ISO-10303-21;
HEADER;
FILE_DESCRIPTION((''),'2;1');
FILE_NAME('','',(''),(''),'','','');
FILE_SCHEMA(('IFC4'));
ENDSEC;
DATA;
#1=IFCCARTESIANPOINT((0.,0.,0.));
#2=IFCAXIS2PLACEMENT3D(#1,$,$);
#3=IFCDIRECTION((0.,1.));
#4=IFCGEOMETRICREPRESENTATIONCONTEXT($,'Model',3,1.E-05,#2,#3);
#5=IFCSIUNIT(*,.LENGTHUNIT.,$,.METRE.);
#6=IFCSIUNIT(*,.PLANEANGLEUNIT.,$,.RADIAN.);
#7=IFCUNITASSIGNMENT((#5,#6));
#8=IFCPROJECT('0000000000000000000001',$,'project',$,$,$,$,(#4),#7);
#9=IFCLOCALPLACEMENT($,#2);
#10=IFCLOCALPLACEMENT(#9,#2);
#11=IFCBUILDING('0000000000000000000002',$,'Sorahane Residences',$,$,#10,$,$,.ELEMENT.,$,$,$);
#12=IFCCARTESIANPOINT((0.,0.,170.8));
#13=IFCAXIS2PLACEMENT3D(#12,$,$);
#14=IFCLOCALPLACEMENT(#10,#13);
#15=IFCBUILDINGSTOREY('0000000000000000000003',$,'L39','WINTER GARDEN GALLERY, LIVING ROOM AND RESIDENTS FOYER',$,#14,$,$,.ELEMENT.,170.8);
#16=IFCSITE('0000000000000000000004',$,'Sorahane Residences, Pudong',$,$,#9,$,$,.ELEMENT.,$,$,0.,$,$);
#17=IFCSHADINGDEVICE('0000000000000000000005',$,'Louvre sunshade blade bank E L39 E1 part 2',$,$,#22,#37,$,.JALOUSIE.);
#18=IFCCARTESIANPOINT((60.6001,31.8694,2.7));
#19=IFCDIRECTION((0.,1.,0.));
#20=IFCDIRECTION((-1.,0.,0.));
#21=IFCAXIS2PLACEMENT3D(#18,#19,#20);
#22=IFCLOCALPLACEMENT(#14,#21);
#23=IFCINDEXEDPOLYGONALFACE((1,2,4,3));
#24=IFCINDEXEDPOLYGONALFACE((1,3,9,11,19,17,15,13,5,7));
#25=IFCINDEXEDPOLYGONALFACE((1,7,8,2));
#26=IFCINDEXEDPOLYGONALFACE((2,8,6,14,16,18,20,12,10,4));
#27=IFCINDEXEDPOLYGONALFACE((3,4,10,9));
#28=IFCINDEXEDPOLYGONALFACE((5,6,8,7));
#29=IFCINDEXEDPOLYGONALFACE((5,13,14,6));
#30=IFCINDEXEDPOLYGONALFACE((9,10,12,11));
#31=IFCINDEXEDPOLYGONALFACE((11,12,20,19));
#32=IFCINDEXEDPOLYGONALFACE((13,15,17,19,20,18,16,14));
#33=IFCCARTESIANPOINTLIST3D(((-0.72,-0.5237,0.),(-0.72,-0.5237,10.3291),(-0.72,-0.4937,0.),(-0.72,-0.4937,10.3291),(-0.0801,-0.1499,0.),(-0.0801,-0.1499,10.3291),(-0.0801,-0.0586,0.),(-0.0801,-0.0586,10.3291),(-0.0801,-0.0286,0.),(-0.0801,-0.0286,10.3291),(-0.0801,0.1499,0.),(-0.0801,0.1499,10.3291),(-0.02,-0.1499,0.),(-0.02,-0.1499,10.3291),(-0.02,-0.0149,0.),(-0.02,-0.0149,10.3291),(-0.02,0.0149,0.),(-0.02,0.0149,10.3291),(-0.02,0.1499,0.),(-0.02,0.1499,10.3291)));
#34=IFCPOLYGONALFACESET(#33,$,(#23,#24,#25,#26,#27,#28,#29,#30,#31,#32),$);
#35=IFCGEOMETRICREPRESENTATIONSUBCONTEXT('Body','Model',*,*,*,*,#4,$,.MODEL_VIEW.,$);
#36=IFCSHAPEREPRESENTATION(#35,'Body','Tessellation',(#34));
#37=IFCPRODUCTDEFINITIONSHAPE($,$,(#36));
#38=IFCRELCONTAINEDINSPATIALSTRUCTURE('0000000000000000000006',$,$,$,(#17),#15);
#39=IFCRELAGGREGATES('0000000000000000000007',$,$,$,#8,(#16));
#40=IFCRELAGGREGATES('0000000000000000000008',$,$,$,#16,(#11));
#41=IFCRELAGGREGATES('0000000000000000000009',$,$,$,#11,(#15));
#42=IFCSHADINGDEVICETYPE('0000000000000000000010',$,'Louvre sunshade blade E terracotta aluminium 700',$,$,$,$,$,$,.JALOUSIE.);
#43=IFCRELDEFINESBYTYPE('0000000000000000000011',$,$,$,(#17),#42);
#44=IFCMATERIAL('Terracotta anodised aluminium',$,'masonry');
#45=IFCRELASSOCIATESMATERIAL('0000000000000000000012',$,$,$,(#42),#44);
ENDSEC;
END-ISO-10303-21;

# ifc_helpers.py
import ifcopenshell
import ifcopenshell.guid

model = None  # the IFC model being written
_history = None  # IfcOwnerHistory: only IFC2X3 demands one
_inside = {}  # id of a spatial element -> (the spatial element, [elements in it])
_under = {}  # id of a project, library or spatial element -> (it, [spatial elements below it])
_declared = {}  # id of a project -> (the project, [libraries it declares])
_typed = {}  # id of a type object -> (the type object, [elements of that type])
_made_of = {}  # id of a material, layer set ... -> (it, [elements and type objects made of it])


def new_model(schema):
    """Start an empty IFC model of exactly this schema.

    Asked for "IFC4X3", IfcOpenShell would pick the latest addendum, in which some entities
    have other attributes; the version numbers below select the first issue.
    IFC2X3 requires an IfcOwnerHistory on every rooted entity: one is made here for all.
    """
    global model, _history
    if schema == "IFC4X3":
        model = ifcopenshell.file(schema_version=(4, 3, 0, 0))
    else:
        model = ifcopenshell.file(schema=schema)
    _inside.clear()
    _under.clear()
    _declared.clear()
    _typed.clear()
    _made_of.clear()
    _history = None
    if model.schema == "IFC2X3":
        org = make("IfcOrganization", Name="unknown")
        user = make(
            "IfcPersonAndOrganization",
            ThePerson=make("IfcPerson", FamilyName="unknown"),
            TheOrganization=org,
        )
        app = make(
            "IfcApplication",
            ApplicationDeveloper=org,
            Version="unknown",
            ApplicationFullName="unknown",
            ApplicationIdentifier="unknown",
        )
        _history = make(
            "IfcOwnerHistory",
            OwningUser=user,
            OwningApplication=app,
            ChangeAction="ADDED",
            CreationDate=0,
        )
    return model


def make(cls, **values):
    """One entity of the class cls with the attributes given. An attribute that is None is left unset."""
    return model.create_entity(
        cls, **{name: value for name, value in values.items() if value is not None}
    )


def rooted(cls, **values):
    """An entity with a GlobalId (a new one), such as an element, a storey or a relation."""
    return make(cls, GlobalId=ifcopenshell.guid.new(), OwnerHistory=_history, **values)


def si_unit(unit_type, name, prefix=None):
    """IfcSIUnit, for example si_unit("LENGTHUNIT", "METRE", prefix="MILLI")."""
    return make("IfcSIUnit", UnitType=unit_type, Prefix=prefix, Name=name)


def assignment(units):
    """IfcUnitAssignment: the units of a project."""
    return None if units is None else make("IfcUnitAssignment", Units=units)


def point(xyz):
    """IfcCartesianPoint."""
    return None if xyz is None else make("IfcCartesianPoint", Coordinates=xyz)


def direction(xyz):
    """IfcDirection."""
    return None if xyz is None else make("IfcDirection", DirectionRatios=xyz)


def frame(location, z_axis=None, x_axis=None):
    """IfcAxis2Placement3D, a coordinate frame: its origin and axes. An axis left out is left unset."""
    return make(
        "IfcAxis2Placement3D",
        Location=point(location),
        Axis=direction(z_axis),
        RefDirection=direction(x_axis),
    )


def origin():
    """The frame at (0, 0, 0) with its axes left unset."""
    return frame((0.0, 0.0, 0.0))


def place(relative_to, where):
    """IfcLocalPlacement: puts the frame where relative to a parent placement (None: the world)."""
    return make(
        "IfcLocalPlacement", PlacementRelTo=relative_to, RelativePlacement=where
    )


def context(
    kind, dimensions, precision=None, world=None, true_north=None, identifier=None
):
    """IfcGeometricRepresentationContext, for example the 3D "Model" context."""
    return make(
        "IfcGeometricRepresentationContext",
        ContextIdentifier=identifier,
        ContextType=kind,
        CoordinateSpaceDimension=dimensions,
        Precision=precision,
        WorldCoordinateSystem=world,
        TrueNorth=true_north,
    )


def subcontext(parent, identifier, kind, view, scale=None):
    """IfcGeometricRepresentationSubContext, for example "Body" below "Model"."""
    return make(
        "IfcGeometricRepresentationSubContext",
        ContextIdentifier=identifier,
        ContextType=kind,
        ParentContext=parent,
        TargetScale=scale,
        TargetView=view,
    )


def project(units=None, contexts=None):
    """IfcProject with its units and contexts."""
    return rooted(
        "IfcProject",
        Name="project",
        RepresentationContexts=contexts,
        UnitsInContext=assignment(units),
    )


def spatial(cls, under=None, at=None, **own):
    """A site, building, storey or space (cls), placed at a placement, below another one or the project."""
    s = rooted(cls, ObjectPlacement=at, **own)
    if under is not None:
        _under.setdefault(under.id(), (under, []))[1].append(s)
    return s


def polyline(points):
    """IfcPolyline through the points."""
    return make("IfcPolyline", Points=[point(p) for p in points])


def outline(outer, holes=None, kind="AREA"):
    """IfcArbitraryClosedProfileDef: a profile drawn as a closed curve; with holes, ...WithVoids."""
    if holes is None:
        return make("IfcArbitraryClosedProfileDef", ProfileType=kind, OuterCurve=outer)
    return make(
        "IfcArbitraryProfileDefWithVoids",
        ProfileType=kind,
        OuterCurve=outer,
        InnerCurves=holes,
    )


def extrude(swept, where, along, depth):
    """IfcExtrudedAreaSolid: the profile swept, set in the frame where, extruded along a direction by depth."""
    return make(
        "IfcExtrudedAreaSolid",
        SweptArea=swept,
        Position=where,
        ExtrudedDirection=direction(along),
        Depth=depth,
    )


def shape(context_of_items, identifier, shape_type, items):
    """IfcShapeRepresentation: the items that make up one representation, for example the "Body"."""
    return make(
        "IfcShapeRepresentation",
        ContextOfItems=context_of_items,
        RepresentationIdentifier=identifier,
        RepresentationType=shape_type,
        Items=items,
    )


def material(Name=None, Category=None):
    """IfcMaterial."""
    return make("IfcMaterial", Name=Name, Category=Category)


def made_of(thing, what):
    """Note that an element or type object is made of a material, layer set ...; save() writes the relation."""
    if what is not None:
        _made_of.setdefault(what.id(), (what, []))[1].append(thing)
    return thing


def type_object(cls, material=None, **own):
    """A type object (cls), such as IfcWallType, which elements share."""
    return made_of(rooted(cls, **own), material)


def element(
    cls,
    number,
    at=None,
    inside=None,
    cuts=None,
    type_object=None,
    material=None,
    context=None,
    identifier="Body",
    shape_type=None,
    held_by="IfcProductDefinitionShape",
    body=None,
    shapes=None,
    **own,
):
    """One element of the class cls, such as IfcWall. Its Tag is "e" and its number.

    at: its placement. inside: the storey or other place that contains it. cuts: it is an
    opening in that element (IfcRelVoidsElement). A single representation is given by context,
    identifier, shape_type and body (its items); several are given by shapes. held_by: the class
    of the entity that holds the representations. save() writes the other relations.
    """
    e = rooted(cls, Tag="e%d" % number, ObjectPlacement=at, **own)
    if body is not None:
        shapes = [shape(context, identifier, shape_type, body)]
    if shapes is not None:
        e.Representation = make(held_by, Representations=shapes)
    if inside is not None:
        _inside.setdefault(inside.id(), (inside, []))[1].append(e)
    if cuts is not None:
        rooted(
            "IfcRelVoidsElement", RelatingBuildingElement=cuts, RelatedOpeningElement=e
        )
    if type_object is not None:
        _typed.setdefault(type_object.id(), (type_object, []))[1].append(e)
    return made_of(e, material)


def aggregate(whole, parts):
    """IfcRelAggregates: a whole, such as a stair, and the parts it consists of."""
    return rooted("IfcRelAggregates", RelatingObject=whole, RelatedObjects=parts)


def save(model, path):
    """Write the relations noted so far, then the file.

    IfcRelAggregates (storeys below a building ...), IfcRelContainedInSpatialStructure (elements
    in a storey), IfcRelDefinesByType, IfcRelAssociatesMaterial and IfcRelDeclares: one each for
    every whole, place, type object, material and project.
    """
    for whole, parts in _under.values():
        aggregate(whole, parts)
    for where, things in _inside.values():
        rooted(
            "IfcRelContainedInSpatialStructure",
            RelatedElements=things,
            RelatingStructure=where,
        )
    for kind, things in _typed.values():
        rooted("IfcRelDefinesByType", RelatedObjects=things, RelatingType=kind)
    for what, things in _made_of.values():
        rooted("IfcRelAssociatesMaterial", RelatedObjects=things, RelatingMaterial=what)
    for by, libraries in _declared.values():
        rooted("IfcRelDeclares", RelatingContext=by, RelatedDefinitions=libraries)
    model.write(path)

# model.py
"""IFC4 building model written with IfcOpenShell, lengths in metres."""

from ifc_helpers import new_model, si_unit, direction, frame, origin, place, context, subcontext, project, spatial, polyline, outline, extrude, material, type_object, element, save


model = new_model("IFC4")

# Units and contexts
model_context = context("Model", 3, precision=1e-05, world=origin(), true_north=direction((0.0, 1.0)))
body_context = subcontext(model_context, "Body", "Model", "MODEL_VIEW")
ifc_project = project(units=[si_unit("LENGTHUNIT", "METRE"), si_unit("PLANEANGLEUNIT", "RADIAN")], contexts=[model_context])

# Site, building, storey
site_placement = place(None, origin())
site = spatial("IfcSite", under=ifc_project, at=site_placement, Name="Sorahane Residences, Pudong", CompositionType="ELEMENT", RefElevation=0.0)
building_placement = place(site_placement, origin())
building = spatial("IfcBuilding", under=site, at=building_placement, Name="Sorahane Residences", CompositionType="ELEMENT")
storey_placement = place(building_placement, frame((0.0, 0.0, 170.8)))
storey = spatial("IfcBuildingStorey", under=building, at=storey_placement, Name="L39", Description="WINTER GARDEN GALLERY, LIVING ROOM AND RESIDENTS FOYER", CompositionType="ELEMENT", Elevation=170.8)

# Shading device
ifc_material_1 = material(Name="Terracotta anodised aluminium", Category="masonry")
shading_device_type = type_object("IfcShadingDeviceType", Name="Louvre sunshade blade E terracotta aluminium 700", PredefinedType="JALOUSIE", material=ifc_material_1)
shading_device_placement = place(storey_placement, frame((60.6001, 31.8694, 2.7), z_axis=(0.0, 1.0, 0.0), x_axis=(-1.0, 0.0, 0.0)))
element("IfcShadingDevice", 1, at=shading_device_placement, inside=storey, type_object=shading_device_type, Name="Louvre sunshade blade bank E L39 E1 part 2", PredefinedType="JALOUSIE", context=body_context, shape_type="SweptSolid", body=[
    extrude(outline(polyline([(-0.72, -0.4937), (-0.72, -0.5237), (-0.0801, -0.0586), (-0.0801, -0.1499), (-0.02, -0.1499), (-0.02, -0.0149), (-0.02, 0.0149), (-0.02, 0.1499), (-0.0801, 0.1499), (-0.0801, -0.0286), (-0.72, -0.4937)])), origin(), (0.0, 0.0, 1.0), 10.3291),
])

save(model, "model.ifc")
